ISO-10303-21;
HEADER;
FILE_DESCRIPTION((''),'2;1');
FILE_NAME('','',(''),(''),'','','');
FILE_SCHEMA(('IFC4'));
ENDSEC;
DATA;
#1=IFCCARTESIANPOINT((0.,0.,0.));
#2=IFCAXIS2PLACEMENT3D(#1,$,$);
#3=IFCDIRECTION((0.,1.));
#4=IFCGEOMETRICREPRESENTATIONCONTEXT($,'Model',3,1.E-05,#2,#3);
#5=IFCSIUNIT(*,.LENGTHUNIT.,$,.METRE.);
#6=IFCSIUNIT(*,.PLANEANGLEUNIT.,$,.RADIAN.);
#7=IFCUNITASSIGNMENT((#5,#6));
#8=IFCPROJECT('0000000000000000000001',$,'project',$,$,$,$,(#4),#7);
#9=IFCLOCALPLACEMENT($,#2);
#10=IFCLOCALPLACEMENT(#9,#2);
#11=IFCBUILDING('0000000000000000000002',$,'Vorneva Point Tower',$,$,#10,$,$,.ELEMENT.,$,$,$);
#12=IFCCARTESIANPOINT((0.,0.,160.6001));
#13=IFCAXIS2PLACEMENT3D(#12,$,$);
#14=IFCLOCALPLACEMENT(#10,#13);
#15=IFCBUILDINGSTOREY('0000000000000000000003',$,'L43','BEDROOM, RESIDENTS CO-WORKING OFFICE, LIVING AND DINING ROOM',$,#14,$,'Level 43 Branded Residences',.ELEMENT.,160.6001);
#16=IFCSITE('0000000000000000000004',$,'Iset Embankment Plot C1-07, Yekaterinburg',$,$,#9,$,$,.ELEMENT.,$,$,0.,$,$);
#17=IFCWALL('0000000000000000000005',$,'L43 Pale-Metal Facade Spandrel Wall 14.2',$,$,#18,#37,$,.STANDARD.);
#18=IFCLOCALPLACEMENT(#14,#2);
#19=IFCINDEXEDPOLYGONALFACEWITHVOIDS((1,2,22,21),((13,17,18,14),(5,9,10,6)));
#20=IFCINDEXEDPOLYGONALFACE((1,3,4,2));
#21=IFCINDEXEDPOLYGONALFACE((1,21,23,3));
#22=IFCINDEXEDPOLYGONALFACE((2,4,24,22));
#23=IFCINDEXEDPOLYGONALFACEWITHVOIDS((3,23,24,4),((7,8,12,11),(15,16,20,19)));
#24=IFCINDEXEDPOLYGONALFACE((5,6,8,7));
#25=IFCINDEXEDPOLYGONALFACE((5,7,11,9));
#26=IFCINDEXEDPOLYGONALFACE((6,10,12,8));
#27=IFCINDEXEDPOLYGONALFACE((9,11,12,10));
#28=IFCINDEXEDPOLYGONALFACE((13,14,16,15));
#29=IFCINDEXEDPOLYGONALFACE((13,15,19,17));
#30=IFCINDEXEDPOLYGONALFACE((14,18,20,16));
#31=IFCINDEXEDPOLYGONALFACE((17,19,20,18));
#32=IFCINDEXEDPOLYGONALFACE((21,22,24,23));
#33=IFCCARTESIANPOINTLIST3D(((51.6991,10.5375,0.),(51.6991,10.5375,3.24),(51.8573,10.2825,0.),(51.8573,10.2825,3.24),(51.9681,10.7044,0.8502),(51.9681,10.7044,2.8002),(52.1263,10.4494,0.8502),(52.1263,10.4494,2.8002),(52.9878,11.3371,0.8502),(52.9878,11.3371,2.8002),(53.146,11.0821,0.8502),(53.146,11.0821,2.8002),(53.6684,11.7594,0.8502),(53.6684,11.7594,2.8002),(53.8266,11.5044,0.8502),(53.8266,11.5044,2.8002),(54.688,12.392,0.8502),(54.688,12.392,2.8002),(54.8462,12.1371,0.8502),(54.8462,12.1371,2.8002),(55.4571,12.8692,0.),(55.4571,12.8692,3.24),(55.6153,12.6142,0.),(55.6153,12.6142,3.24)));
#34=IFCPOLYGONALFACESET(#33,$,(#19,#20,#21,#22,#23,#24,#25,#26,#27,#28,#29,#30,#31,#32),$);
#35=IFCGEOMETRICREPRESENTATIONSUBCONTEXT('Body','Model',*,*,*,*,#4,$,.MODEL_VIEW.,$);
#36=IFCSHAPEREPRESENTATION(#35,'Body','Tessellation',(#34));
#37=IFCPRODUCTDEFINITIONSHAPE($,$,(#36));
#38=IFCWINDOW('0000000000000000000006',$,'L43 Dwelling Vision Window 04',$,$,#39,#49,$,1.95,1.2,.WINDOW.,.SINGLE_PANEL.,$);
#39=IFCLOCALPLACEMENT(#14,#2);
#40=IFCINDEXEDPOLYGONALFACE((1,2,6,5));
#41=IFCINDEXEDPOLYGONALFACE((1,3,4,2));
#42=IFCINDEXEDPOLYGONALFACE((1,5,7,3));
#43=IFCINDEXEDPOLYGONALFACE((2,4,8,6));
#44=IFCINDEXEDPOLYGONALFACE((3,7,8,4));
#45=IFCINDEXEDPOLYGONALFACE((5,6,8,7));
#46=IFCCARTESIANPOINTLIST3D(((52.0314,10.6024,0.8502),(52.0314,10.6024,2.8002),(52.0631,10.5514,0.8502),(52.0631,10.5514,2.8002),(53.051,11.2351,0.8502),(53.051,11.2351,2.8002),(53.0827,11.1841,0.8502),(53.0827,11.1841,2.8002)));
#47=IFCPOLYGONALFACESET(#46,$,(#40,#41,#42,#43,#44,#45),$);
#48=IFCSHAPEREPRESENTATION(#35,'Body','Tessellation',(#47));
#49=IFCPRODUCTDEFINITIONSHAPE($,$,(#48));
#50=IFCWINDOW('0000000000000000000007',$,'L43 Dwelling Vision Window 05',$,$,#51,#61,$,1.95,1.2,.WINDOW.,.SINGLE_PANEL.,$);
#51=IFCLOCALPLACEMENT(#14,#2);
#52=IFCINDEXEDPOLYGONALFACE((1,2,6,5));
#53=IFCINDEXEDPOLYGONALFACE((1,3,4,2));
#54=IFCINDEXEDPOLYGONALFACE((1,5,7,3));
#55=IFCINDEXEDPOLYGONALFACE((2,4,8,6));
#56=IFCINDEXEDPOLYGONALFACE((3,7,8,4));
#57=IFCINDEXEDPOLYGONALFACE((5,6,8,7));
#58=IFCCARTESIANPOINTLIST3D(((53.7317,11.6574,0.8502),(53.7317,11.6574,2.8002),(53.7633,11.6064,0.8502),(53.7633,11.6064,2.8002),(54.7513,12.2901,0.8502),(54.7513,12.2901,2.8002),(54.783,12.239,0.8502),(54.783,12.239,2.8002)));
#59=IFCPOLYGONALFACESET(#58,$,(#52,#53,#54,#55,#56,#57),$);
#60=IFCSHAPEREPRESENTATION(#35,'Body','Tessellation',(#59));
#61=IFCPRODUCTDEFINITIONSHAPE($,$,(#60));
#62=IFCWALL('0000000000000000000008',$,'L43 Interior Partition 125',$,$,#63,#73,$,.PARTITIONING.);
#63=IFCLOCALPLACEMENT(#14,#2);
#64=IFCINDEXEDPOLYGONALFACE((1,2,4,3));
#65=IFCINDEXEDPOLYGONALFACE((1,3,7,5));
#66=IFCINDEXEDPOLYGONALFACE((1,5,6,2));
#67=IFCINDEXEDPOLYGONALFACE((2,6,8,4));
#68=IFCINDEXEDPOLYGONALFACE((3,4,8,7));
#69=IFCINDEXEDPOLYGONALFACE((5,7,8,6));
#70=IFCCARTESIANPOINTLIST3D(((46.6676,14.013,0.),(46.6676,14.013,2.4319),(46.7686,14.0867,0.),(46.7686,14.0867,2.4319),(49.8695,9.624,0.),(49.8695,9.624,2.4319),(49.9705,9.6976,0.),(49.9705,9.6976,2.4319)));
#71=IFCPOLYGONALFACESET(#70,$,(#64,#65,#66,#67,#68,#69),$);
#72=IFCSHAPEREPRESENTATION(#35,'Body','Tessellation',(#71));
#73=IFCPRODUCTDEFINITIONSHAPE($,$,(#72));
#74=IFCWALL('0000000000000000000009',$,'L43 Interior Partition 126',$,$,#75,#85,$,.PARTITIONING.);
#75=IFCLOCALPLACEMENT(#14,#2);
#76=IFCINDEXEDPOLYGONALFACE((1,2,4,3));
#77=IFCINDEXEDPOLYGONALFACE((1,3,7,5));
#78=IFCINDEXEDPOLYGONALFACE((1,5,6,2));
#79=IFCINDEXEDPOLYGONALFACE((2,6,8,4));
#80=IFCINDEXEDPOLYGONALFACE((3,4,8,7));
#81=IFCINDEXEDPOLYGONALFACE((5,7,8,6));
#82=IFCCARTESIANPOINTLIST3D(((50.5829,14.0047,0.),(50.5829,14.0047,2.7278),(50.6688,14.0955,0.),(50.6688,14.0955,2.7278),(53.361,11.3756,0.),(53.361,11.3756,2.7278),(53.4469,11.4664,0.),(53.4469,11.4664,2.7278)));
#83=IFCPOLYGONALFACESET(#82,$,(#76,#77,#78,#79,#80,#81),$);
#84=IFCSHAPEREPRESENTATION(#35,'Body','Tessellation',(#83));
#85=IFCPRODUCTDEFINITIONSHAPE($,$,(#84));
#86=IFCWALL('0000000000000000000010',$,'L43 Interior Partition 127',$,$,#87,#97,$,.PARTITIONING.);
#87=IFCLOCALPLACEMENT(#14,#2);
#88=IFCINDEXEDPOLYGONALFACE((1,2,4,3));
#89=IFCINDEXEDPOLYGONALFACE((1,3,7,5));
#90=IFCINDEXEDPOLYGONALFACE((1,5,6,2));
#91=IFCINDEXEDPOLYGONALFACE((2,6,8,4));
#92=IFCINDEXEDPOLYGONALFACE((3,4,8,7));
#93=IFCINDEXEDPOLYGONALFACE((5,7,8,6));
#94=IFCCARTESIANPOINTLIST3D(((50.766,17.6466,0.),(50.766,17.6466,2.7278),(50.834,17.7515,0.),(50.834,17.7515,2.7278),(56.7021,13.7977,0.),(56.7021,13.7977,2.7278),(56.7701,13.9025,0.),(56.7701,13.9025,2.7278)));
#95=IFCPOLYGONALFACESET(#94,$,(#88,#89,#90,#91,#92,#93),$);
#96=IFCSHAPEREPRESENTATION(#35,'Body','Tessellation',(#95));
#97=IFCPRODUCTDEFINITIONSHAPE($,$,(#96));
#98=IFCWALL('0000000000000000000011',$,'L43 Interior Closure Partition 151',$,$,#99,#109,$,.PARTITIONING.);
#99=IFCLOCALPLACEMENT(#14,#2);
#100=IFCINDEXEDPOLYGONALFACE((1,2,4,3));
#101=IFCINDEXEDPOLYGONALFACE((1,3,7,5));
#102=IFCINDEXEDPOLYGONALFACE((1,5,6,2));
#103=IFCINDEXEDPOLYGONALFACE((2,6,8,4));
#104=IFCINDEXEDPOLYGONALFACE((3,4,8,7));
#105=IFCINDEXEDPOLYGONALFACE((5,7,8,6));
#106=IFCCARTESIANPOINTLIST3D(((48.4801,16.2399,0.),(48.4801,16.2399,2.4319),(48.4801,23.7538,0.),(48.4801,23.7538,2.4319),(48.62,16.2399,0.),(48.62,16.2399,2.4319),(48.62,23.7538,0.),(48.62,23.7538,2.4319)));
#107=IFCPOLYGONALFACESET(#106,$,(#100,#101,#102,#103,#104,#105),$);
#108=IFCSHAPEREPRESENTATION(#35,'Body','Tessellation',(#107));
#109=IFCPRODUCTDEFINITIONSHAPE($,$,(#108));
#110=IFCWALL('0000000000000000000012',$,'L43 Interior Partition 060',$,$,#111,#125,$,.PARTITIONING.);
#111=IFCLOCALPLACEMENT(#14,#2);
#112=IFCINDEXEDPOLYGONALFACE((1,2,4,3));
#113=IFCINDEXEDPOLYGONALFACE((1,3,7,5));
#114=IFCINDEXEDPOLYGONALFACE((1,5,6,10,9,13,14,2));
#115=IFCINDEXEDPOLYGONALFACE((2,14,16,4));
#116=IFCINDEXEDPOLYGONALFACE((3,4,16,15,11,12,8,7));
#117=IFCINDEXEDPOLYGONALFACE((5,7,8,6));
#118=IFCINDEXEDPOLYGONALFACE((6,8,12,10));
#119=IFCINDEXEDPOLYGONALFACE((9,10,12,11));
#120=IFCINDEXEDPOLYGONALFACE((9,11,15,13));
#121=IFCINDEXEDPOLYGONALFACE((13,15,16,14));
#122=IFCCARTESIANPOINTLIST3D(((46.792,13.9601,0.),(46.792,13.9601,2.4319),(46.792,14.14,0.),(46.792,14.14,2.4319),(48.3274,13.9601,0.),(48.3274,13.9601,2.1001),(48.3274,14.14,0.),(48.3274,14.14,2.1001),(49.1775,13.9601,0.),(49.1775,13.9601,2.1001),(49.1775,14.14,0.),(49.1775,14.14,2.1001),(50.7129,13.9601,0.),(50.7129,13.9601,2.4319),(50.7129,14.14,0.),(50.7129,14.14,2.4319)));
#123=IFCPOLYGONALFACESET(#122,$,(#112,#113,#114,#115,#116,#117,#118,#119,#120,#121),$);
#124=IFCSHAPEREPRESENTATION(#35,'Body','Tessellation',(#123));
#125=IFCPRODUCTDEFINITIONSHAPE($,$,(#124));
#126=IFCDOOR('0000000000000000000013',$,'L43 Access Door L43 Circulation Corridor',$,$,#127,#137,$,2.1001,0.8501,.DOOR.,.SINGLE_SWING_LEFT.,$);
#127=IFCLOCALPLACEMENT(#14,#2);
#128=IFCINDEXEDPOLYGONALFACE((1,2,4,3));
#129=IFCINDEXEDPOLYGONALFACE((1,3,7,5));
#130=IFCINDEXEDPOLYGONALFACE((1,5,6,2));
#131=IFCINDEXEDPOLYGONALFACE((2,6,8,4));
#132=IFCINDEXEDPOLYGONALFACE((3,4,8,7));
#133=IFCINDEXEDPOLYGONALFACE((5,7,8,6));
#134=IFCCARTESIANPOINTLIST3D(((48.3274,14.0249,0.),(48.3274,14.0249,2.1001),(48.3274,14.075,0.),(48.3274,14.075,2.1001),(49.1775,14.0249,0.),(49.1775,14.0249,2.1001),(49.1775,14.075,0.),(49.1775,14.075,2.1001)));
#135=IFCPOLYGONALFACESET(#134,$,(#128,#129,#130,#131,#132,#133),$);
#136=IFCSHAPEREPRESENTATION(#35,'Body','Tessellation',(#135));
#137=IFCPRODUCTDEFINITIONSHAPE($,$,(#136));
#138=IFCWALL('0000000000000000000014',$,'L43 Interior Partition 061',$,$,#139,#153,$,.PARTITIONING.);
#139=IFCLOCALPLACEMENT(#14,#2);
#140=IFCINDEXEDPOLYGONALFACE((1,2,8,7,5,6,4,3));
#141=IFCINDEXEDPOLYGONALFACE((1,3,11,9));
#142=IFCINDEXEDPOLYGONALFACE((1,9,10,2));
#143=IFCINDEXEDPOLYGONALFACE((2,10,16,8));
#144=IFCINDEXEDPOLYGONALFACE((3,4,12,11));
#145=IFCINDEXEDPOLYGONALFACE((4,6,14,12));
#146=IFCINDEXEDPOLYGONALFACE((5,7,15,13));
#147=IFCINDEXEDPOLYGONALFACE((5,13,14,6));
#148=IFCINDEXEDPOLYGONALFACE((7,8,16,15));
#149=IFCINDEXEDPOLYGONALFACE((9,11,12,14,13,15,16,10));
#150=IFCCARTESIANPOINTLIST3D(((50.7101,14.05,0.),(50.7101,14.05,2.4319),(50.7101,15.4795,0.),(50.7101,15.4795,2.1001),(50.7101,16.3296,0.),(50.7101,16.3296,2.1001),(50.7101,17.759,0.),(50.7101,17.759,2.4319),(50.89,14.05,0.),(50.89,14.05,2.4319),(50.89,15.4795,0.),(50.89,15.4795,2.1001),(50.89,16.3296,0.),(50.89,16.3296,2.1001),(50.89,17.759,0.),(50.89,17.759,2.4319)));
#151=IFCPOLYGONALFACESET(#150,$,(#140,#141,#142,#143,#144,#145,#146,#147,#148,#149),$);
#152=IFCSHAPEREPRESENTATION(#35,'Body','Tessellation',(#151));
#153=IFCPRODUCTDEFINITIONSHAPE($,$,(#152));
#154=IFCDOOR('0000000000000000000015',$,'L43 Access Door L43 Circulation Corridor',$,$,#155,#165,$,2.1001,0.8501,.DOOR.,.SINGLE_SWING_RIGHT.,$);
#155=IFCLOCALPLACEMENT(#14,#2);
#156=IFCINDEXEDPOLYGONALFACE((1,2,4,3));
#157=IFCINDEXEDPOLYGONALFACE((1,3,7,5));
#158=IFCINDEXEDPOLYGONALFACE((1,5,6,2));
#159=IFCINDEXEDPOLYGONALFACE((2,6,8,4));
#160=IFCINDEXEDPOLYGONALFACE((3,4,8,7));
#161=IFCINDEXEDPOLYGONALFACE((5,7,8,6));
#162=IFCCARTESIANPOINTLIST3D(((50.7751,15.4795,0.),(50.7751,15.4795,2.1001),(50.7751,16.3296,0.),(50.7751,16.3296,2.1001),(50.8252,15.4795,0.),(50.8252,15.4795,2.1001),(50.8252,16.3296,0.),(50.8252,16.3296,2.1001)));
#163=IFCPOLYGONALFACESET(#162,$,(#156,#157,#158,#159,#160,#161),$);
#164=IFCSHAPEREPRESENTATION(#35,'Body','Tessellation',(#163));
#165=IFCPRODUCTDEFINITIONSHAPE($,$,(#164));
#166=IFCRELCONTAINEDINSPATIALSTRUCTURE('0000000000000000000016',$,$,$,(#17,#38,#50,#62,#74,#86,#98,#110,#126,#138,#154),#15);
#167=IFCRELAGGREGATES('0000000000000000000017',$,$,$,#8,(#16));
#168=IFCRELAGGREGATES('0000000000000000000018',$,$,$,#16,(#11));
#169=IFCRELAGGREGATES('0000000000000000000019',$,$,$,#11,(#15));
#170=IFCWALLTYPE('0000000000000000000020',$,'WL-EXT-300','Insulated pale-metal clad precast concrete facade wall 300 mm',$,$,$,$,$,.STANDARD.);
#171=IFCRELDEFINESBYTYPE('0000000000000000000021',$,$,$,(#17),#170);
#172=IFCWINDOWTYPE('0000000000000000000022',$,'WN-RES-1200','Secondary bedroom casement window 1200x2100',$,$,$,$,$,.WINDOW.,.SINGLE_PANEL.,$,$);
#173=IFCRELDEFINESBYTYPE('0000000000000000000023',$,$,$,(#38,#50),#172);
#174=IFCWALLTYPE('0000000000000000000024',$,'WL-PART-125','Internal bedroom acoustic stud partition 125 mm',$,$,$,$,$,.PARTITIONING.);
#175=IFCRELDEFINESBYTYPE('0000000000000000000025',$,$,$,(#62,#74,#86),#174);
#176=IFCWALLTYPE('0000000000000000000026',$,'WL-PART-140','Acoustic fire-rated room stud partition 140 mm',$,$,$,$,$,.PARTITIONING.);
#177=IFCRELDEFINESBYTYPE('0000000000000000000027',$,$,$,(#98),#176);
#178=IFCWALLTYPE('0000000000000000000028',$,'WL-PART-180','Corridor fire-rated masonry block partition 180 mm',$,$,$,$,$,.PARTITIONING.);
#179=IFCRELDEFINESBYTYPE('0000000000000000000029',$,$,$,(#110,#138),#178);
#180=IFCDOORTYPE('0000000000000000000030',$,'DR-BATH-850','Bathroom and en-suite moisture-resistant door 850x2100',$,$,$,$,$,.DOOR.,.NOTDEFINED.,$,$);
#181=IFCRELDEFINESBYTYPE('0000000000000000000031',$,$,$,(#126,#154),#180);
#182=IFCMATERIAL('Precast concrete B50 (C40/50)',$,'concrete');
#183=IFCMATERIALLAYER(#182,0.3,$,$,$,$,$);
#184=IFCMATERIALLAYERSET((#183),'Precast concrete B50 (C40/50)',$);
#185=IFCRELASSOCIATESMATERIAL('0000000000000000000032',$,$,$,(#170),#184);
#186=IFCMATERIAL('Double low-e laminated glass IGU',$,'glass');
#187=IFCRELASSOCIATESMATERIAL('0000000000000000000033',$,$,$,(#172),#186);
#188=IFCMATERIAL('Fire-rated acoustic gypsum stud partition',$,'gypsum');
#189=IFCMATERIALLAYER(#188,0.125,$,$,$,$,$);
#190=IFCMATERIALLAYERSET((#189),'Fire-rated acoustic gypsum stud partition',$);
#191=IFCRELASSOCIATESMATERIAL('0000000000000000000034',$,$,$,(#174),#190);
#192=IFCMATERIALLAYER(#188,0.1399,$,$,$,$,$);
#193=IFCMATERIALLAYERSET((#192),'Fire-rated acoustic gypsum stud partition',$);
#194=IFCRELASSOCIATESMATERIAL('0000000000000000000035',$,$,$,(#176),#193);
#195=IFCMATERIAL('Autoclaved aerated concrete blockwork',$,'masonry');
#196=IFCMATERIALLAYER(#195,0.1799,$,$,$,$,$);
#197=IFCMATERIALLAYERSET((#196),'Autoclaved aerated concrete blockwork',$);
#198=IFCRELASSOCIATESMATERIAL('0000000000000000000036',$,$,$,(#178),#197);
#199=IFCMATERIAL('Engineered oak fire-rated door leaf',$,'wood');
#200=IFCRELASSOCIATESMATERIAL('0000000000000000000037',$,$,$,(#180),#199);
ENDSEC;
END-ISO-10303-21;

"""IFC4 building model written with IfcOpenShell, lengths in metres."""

from ifc_helpers import new_model, si_unit, direction, frame, frame_2d, origin, place, context, subcontext, project, spatial, rectangle, extrude, material, layer, layer_set, type_object, element, fill, save


model = new_model("IFC4")

# Units and contexts
model_context = context("Model", 3, precision=1e-05, world=origin(), true_north=direction((0.0, 1.0)))
body_context = subcontext(model_context, "Body", "Model", "MODEL_VIEW")
ifc_project = project(units=[si_unit("LENGTHUNIT", "METRE"), si_unit("PLANEANGLEUNIT", "RADIAN")], contexts=[model_context])

# Site, building, storey
site_placement = place(None, origin())
site = spatial("IfcSite", under=ifc_project, at=site_placement, Name="Iset Embankment Plot C1-07, Yekaterinburg", CompositionType="ELEMENT", RefElevation=0.0)
building_placement = place(site_placement, origin())
building = spatial("IfcBuilding", under=site, at=building_placement, Name="Vorneva Point Tower", CompositionType="ELEMENT")
storey_placement = place(building_placement, frame((0.0, 0.0, 160.6001)))
storey = spatial("IfcBuildingStorey", under=building, at=storey_placement, Name="L43", Description="BEDROOM, RESIDENTS CO-WORKING OFFICE, LIVING AND DINING ROOM", LongName="Level 43 Branded Residences", CompositionType="ELEMENT", Elevation=160.6001)

# Shared definitions
ifc_material_1 = material(Name="Double low-e laminated glass IGU", Category="glass")

# Shared definitions
ifc_material_2 = material(Name="Precast concrete B50 (C40/50)", Category="concrete")
ifc_layer_1 = layer(ifc_material_2, 0.3)
ifc_layer_set_1 = layer_set([ifc_layer_1], Name="Precast concrete B50 (C40/50)")
wall_type_1 = type_object("IfcWallType", Name="WL-EXT-300", Description="Insulated pale-metal clad precast concrete facade wall 300 mm", PredefinedType="STANDARD", material=ifc_layer_set_1)
window_type = type_object("IfcWindowType", Name="WN-RES-1200", Description="Secondary bedroom casement window 1200x2100", PartitioningType="SINGLE_PANEL", PredefinedType="WINDOW", material=ifc_material_1)

# Wall, openings, windows
wall_1_placement = place(storey_placement, frame((51.7781, 10.4099, 0.0), z_axis=(0.0, 0.0, 1.0), x_axis=(0.849721, 0.527232, 0.0)))
wall_1 = element("IfcWall", 1, at=wall_1_placement, inside=storey, type_object=wall_type_1, Name="L43 Pale-Metal Facade Spandrel Wall 14.2", PredefinedType="STANDARD", context=body_context, shape_type="SweptSolid", body=[
    extrude(rectangle(XDim=4.4226, YDim=0.3, at=frame_2d((2.2114, 0.0))), origin(), (0.0, 0.0, 1.0), 3.24),
])
opening_1_placement = place(wall_1_placement, frame((0.3167, 0.0, 0.8501)))
opening_1 = element("IfcOpeningElement", 2, at=opening_1_placement, cuts=wall_1, PredefinedType="OPENING", context=body_context, shape_type="SweptSolid", body=[
    extrude(rectangle(XDim=1.2, YDim=1.95, at=frame_2d((0.6001, 0.9751))), frame((0.0, 0.165, 0.0), z_axis=(0.0, -1.0, 0.0), x_axis=(1.0, 0.0, 0.0)), (0.0, 0.0, 1.0), 0.3298),
])
opening_2_placement = place(wall_1_placement, frame((2.3176, 0.0, 0.8501)))
opening_2 = element("IfcOpeningElement", 3, at=opening_2_placement, cuts=wall_1, PredefinedType="OPENING", context=body_context, shape_type="SweptSolid", body=[
    extrude(rectangle(XDim=1.2, YDim=1.95, at=frame_2d((0.6001, 0.9751))), frame((0.0, 0.165, 0.0), z_axis=(0.0, -1.0, 0.0), x_axis=(1.0, 0.0, 0.0)), (0.0, 0.0, 1.0), 0.3298),
])
window_1_placement = place(opening_1_placement, origin())
window_1 = element("IfcWindow", 4, at=window_1_placement, inside=storey, type_object=window_type, Name="L43 Dwelling Vision Window 04", OverallHeight=1.95, OverallWidth=1.2, PartitioningType="SINGLE_PANEL", PredefinedType="WINDOW", context=body_context, shape_type="SweptSolid", body=[
    extrude(rectangle(XDim=1.2, YDim=1.95, at=frame_2d((0.6001, 0.9751))), frame((0.0, 0.03, 0.0), z_axis=(0.0, -1.0, 0.0), x_axis=(1.0, 0.0, 0.0)), (0.0, 0.0, 1.0), 0.0601),
])
fill(opening_1, window_1)
window_2_placement = place(opening_2_placement, origin())
window_2 = element("IfcWindow", 5, at=window_2_placement, inside=storey, type_object=window_type, Name="L43 Dwelling Vision Window 05", OverallHeight=1.95, OverallWidth=1.2, PartitioningType="SINGLE_PANEL", PredefinedType="WINDOW", context=body_context, shape_type="SweptSolid", body=[
    extrude(rectangle(XDim=1.2, YDim=1.95, at=frame_2d((0.6001, 0.9751))), frame((0.0, 0.03, 0.0), z_axis=(0.0, -1.0, 0.0), x_axis=(1.0, 0.0, 0.0)), (0.0, 0.0, 1.0), 0.0601),
])
fill(opening_2, window_2)

# Walls
ifc_material_3 = material(Name="Fire-rated acoustic gypsum stud partition", Category="gypsum")
ifc_layer_2 = layer(ifc_material_3, 0.125)
ifc_layer_set_2 = layer_set([ifc_layer_2], Name="Fire-rated acoustic gypsum stud partition")
wall_type_2 = type_object("IfcWallType", Name="WL-PART-125", Description="Internal bedroom acoustic stud partition 125 mm", PredefinedType="PARTITIONING", material=ifc_layer_set_2)
wall_2_placement = place(storey_placement, frame((49.9199, 9.6609, 0.0), z_axis=(0.0, 0.0, 1.0), x_axis=(-0.589349, 0.807878, 0.0)))
element("IfcWall", 6, at=wall_2_placement, inside=storey, type_object=wall_type_2, Name="L43 Interior Partition 125", PredefinedType="PARTITIONING", context=body_context, shape_type="SweptSolid", body=[
    extrude(rectangle(XDim=5.4329, YDim=0.125, at=frame_2d((2.7163, 0.0))), origin(), (0.0, 0.0, 1.0), 2.4319),
])
wall_3_placement = place(storey_placement, frame((53.4041, 11.4209, 0.0), z_axis=(0.0, 0.0, 1.0), x_axis=(-0.726306, 0.687371, 0.0)))
element("IfcWall", 7, at=wall_3_placement, inside=storey, type_object=wall_type_2, Name="L43 Interior Partition 126", PredefinedType="PARTITIONING", context=body_context, shape_type="SweptSolid", body=[
    extrude(rectangle(XDim=3.825, YDim=0.125, at=frame_2d((1.9126, 0.0))), origin(), (0.0, 0.0, 1.0), 2.7278),
])
wall_4_placement = place(storey_placement, frame((56.7361, 13.8501, 0.0), z_axis=(0.0, 0.0, 1.0), x_axis=(-0.83906, 0.544039, 0.0)))
element("IfcWall", 8, at=wall_4_placement, inside=storey, type_object=wall_type_2, Name="L43 Interior Partition 127", PredefinedType="PARTITIONING", context=body_context, shape_type="SweptSolid", body=[
    extrude(rectangle(XDim=7.0747, YDim=0.125, at=frame_2d((3.5374, 0.0))), origin(), (0.0, 0.0, 1.0), 2.7278),
])
ifc_layer_3 = layer(ifc_material_3, 0.1399)
ifc_layer_set_3 = layer_set([ifc_layer_3], Name="Fire-rated acoustic gypsum stud partition")
wall_type_3 = type_object("IfcWallType", Name="WL-PART-140", Description="Acoustic fire-rated room stud partition 140 mm", PredefinedType="PARTITIONING", material=ifc_layer_set_3)
wall_5_placement = place(storey_placement, frame((48.55, 16.24, 0.0), z_axis=(0.0, 0.0, 1.0), x_axis=(0.0, 1.0, 0.0)))
element("IfcWall", 9, at=wall_5_placement, inside=storey, type_object=wall_type_3, Name="L43 Interior Closure Partition 151", PredefinedType="PARTITIONING", context=body_context, shape_type="SweptSolid", body=[
    extrude(rectangle(XDim=7.5139, YDim=0.1399, at=frame_2d((3.7568, 0.0))), origin(), (0.0, 0.0, 1.0), 2.4319),
])

# Walls, openings, doors
ifc_material_4 = material(Name="Autoclaved aerated concrete blockwork", Category="masonry")
ifc_layer_4 = layer(ifc_material_4, 0.1799)
ifc_layer_set_4 = layer_set([ifc_layer_4], Name="Autoclaved aerated concrete blockwork")
wall_type_4 = type_object("IfcWallType", Name="WL-PART-180", Description="Corridor fire-rated masonry block partition 180 mm", PredefinedType="PARTITIONING", material=ifc_layer_set_4)
wall_6_placement = place(storey_placement, frame((46.792, 14.05, 0.0), z_axis=(0.0, 0.0, 1.0), x_axis=(1.0, 0.0, 0.0)))
wall_6 = element("IfcWall", 10, at=wall_6_placement, inside=storey, type_object=wall_type_4, Name="L43 Interior Partition 060", PredefinedType="PARTITIONING", context=body_context, shape_type="SweptSolid", body=[
    extrude(rectangle(XDim=3.9209, YDim=0.1799, at=frame_2d((1.9604, 0.0))), origin(), (0.0, 0.0, 1.0), 2.4319),
])
opening_3_placement = place(wall_6_placement, frame((1.5354, 0.0, 0.0)))
opening_3 = element("IfcOpeningElement", 11, at=opening_3_placement, cuts=wall_6, PredefinedType="OPENING", context=body_context, shape_type="SweptSolid", body=[
    extrude(rectangle(XDim=0.8501, YDim=2.1001, at=frame_2d((0.425, 1.05))), frame((0.0, 0.105, 0.0), z_axis=(0.0, -1.0, 0.0), x_axis=(1.0, 0.0, 0.0)), (0.0, 0.0, 1.0), 0.2097),
])
ifc_material_5 = material(Name="Engineered oak fire-rated door leaf", Category="wood")
door_type = type_object("IfcDoorType", Name="DR-BATH-850", Description="Bathroom and en-suite moisture-resistant door 850x2100", OperationType="NOTDEFINED", PredefinedType="DOOR", material=ifc_material_5)
door_1_placement = place(opening_3_placement, origin())
door_1 = element("IfcDoor", 12, at=door_1_placement, inside=storey, type_object=door_type, Name="L43 Access Door L43 Circulation Corridor", OperationType="SINGLE_SWING_LEFT", OverallHeight=2.1001, OverallWidth=0.8501, PredefinedType="DOOR", context=body_context, shape_type="SweptSolid", body=[
    extrude(rectangle(XDim=0.8501, YDim=2.1001, at=frame_2d((0.425, 1.05))), frame((0.0, 0.0249, 0.0), z_axis=(0.0, -1.0, 0.0), x_axis=(1.0, 0.0, 0.0)), (0.0, 0.0, 1.0), 0.05),
])
fill(opening_3, door_1)
wall_7_placement = place(storey_placement, frame((50.8, 14.05, 0.0), z_axis=(0.0, 0.0, 1.0), x_axis=(0.0, 1.0, 0.0)))
wall_7 = element("IfcWall", 13, at=wall_7_placement, inside=storey, type_object=wall_type_4, Name="L43 Interior Partition 061", PredefinedType="PARTITIONING", context=body_context, shape_type="SweptSolid", body=[
    extrude(rectangle(XDim=3.709, YDim=0.1799, at=frame_2d((1.8545, 0.0))), origin(), (0.0, 0.0, 1.0), 2.4319),
])
opening_4_placement = place(wall_7_placement, frame((1.4294, 0.0, 0.0)))
opening_4 = element("IfcOpeningElement", 14, at=opening_4_placement, cuts=wall_7, PredefinedType="OPENING", context=body_context, shape_type="SweptSolid", body=[
    extrude(rectangle(XDim=0.8501, YDim=2.1001, at=frame_2d((0.425, 1.05))), frame((0.0, 0.105, 0.0), z_axis=(0.0, -1.0, 0.0), x_axis=(1.0, 0.0, 0.0)), (0.0, 0.0, 1.0), 0.2097),
])
door_2_placement = place(opening_4_placement, origin())
door_2 = element("IfcDoor", 15, at=door_2_placement, inside=storey, type_object=door_type, Name="L43 Access Door L43 Circulation Corridor", OperationType="SINGLE_SWING_RIGHT", OverallHeight=2.1001, OverallWidth=0.8501, PredefinedType="DOOR", context=body_context, shape_type="SweptSolid", body=[
    extrude(rectangle(XDim=0.8501, YDim=2.1001, at=frame_2d((0.425, 1.05))), frame((0.0, 0.0249, 0.0), z_axis=(0.0, -1.0, 0.0), x_axis=(1.0, 0.0, 0.0)), (0.0, 0.0, 1.0), 0.05),
])
fill(opening_4, door_2)

save(model, "model.ifc")
